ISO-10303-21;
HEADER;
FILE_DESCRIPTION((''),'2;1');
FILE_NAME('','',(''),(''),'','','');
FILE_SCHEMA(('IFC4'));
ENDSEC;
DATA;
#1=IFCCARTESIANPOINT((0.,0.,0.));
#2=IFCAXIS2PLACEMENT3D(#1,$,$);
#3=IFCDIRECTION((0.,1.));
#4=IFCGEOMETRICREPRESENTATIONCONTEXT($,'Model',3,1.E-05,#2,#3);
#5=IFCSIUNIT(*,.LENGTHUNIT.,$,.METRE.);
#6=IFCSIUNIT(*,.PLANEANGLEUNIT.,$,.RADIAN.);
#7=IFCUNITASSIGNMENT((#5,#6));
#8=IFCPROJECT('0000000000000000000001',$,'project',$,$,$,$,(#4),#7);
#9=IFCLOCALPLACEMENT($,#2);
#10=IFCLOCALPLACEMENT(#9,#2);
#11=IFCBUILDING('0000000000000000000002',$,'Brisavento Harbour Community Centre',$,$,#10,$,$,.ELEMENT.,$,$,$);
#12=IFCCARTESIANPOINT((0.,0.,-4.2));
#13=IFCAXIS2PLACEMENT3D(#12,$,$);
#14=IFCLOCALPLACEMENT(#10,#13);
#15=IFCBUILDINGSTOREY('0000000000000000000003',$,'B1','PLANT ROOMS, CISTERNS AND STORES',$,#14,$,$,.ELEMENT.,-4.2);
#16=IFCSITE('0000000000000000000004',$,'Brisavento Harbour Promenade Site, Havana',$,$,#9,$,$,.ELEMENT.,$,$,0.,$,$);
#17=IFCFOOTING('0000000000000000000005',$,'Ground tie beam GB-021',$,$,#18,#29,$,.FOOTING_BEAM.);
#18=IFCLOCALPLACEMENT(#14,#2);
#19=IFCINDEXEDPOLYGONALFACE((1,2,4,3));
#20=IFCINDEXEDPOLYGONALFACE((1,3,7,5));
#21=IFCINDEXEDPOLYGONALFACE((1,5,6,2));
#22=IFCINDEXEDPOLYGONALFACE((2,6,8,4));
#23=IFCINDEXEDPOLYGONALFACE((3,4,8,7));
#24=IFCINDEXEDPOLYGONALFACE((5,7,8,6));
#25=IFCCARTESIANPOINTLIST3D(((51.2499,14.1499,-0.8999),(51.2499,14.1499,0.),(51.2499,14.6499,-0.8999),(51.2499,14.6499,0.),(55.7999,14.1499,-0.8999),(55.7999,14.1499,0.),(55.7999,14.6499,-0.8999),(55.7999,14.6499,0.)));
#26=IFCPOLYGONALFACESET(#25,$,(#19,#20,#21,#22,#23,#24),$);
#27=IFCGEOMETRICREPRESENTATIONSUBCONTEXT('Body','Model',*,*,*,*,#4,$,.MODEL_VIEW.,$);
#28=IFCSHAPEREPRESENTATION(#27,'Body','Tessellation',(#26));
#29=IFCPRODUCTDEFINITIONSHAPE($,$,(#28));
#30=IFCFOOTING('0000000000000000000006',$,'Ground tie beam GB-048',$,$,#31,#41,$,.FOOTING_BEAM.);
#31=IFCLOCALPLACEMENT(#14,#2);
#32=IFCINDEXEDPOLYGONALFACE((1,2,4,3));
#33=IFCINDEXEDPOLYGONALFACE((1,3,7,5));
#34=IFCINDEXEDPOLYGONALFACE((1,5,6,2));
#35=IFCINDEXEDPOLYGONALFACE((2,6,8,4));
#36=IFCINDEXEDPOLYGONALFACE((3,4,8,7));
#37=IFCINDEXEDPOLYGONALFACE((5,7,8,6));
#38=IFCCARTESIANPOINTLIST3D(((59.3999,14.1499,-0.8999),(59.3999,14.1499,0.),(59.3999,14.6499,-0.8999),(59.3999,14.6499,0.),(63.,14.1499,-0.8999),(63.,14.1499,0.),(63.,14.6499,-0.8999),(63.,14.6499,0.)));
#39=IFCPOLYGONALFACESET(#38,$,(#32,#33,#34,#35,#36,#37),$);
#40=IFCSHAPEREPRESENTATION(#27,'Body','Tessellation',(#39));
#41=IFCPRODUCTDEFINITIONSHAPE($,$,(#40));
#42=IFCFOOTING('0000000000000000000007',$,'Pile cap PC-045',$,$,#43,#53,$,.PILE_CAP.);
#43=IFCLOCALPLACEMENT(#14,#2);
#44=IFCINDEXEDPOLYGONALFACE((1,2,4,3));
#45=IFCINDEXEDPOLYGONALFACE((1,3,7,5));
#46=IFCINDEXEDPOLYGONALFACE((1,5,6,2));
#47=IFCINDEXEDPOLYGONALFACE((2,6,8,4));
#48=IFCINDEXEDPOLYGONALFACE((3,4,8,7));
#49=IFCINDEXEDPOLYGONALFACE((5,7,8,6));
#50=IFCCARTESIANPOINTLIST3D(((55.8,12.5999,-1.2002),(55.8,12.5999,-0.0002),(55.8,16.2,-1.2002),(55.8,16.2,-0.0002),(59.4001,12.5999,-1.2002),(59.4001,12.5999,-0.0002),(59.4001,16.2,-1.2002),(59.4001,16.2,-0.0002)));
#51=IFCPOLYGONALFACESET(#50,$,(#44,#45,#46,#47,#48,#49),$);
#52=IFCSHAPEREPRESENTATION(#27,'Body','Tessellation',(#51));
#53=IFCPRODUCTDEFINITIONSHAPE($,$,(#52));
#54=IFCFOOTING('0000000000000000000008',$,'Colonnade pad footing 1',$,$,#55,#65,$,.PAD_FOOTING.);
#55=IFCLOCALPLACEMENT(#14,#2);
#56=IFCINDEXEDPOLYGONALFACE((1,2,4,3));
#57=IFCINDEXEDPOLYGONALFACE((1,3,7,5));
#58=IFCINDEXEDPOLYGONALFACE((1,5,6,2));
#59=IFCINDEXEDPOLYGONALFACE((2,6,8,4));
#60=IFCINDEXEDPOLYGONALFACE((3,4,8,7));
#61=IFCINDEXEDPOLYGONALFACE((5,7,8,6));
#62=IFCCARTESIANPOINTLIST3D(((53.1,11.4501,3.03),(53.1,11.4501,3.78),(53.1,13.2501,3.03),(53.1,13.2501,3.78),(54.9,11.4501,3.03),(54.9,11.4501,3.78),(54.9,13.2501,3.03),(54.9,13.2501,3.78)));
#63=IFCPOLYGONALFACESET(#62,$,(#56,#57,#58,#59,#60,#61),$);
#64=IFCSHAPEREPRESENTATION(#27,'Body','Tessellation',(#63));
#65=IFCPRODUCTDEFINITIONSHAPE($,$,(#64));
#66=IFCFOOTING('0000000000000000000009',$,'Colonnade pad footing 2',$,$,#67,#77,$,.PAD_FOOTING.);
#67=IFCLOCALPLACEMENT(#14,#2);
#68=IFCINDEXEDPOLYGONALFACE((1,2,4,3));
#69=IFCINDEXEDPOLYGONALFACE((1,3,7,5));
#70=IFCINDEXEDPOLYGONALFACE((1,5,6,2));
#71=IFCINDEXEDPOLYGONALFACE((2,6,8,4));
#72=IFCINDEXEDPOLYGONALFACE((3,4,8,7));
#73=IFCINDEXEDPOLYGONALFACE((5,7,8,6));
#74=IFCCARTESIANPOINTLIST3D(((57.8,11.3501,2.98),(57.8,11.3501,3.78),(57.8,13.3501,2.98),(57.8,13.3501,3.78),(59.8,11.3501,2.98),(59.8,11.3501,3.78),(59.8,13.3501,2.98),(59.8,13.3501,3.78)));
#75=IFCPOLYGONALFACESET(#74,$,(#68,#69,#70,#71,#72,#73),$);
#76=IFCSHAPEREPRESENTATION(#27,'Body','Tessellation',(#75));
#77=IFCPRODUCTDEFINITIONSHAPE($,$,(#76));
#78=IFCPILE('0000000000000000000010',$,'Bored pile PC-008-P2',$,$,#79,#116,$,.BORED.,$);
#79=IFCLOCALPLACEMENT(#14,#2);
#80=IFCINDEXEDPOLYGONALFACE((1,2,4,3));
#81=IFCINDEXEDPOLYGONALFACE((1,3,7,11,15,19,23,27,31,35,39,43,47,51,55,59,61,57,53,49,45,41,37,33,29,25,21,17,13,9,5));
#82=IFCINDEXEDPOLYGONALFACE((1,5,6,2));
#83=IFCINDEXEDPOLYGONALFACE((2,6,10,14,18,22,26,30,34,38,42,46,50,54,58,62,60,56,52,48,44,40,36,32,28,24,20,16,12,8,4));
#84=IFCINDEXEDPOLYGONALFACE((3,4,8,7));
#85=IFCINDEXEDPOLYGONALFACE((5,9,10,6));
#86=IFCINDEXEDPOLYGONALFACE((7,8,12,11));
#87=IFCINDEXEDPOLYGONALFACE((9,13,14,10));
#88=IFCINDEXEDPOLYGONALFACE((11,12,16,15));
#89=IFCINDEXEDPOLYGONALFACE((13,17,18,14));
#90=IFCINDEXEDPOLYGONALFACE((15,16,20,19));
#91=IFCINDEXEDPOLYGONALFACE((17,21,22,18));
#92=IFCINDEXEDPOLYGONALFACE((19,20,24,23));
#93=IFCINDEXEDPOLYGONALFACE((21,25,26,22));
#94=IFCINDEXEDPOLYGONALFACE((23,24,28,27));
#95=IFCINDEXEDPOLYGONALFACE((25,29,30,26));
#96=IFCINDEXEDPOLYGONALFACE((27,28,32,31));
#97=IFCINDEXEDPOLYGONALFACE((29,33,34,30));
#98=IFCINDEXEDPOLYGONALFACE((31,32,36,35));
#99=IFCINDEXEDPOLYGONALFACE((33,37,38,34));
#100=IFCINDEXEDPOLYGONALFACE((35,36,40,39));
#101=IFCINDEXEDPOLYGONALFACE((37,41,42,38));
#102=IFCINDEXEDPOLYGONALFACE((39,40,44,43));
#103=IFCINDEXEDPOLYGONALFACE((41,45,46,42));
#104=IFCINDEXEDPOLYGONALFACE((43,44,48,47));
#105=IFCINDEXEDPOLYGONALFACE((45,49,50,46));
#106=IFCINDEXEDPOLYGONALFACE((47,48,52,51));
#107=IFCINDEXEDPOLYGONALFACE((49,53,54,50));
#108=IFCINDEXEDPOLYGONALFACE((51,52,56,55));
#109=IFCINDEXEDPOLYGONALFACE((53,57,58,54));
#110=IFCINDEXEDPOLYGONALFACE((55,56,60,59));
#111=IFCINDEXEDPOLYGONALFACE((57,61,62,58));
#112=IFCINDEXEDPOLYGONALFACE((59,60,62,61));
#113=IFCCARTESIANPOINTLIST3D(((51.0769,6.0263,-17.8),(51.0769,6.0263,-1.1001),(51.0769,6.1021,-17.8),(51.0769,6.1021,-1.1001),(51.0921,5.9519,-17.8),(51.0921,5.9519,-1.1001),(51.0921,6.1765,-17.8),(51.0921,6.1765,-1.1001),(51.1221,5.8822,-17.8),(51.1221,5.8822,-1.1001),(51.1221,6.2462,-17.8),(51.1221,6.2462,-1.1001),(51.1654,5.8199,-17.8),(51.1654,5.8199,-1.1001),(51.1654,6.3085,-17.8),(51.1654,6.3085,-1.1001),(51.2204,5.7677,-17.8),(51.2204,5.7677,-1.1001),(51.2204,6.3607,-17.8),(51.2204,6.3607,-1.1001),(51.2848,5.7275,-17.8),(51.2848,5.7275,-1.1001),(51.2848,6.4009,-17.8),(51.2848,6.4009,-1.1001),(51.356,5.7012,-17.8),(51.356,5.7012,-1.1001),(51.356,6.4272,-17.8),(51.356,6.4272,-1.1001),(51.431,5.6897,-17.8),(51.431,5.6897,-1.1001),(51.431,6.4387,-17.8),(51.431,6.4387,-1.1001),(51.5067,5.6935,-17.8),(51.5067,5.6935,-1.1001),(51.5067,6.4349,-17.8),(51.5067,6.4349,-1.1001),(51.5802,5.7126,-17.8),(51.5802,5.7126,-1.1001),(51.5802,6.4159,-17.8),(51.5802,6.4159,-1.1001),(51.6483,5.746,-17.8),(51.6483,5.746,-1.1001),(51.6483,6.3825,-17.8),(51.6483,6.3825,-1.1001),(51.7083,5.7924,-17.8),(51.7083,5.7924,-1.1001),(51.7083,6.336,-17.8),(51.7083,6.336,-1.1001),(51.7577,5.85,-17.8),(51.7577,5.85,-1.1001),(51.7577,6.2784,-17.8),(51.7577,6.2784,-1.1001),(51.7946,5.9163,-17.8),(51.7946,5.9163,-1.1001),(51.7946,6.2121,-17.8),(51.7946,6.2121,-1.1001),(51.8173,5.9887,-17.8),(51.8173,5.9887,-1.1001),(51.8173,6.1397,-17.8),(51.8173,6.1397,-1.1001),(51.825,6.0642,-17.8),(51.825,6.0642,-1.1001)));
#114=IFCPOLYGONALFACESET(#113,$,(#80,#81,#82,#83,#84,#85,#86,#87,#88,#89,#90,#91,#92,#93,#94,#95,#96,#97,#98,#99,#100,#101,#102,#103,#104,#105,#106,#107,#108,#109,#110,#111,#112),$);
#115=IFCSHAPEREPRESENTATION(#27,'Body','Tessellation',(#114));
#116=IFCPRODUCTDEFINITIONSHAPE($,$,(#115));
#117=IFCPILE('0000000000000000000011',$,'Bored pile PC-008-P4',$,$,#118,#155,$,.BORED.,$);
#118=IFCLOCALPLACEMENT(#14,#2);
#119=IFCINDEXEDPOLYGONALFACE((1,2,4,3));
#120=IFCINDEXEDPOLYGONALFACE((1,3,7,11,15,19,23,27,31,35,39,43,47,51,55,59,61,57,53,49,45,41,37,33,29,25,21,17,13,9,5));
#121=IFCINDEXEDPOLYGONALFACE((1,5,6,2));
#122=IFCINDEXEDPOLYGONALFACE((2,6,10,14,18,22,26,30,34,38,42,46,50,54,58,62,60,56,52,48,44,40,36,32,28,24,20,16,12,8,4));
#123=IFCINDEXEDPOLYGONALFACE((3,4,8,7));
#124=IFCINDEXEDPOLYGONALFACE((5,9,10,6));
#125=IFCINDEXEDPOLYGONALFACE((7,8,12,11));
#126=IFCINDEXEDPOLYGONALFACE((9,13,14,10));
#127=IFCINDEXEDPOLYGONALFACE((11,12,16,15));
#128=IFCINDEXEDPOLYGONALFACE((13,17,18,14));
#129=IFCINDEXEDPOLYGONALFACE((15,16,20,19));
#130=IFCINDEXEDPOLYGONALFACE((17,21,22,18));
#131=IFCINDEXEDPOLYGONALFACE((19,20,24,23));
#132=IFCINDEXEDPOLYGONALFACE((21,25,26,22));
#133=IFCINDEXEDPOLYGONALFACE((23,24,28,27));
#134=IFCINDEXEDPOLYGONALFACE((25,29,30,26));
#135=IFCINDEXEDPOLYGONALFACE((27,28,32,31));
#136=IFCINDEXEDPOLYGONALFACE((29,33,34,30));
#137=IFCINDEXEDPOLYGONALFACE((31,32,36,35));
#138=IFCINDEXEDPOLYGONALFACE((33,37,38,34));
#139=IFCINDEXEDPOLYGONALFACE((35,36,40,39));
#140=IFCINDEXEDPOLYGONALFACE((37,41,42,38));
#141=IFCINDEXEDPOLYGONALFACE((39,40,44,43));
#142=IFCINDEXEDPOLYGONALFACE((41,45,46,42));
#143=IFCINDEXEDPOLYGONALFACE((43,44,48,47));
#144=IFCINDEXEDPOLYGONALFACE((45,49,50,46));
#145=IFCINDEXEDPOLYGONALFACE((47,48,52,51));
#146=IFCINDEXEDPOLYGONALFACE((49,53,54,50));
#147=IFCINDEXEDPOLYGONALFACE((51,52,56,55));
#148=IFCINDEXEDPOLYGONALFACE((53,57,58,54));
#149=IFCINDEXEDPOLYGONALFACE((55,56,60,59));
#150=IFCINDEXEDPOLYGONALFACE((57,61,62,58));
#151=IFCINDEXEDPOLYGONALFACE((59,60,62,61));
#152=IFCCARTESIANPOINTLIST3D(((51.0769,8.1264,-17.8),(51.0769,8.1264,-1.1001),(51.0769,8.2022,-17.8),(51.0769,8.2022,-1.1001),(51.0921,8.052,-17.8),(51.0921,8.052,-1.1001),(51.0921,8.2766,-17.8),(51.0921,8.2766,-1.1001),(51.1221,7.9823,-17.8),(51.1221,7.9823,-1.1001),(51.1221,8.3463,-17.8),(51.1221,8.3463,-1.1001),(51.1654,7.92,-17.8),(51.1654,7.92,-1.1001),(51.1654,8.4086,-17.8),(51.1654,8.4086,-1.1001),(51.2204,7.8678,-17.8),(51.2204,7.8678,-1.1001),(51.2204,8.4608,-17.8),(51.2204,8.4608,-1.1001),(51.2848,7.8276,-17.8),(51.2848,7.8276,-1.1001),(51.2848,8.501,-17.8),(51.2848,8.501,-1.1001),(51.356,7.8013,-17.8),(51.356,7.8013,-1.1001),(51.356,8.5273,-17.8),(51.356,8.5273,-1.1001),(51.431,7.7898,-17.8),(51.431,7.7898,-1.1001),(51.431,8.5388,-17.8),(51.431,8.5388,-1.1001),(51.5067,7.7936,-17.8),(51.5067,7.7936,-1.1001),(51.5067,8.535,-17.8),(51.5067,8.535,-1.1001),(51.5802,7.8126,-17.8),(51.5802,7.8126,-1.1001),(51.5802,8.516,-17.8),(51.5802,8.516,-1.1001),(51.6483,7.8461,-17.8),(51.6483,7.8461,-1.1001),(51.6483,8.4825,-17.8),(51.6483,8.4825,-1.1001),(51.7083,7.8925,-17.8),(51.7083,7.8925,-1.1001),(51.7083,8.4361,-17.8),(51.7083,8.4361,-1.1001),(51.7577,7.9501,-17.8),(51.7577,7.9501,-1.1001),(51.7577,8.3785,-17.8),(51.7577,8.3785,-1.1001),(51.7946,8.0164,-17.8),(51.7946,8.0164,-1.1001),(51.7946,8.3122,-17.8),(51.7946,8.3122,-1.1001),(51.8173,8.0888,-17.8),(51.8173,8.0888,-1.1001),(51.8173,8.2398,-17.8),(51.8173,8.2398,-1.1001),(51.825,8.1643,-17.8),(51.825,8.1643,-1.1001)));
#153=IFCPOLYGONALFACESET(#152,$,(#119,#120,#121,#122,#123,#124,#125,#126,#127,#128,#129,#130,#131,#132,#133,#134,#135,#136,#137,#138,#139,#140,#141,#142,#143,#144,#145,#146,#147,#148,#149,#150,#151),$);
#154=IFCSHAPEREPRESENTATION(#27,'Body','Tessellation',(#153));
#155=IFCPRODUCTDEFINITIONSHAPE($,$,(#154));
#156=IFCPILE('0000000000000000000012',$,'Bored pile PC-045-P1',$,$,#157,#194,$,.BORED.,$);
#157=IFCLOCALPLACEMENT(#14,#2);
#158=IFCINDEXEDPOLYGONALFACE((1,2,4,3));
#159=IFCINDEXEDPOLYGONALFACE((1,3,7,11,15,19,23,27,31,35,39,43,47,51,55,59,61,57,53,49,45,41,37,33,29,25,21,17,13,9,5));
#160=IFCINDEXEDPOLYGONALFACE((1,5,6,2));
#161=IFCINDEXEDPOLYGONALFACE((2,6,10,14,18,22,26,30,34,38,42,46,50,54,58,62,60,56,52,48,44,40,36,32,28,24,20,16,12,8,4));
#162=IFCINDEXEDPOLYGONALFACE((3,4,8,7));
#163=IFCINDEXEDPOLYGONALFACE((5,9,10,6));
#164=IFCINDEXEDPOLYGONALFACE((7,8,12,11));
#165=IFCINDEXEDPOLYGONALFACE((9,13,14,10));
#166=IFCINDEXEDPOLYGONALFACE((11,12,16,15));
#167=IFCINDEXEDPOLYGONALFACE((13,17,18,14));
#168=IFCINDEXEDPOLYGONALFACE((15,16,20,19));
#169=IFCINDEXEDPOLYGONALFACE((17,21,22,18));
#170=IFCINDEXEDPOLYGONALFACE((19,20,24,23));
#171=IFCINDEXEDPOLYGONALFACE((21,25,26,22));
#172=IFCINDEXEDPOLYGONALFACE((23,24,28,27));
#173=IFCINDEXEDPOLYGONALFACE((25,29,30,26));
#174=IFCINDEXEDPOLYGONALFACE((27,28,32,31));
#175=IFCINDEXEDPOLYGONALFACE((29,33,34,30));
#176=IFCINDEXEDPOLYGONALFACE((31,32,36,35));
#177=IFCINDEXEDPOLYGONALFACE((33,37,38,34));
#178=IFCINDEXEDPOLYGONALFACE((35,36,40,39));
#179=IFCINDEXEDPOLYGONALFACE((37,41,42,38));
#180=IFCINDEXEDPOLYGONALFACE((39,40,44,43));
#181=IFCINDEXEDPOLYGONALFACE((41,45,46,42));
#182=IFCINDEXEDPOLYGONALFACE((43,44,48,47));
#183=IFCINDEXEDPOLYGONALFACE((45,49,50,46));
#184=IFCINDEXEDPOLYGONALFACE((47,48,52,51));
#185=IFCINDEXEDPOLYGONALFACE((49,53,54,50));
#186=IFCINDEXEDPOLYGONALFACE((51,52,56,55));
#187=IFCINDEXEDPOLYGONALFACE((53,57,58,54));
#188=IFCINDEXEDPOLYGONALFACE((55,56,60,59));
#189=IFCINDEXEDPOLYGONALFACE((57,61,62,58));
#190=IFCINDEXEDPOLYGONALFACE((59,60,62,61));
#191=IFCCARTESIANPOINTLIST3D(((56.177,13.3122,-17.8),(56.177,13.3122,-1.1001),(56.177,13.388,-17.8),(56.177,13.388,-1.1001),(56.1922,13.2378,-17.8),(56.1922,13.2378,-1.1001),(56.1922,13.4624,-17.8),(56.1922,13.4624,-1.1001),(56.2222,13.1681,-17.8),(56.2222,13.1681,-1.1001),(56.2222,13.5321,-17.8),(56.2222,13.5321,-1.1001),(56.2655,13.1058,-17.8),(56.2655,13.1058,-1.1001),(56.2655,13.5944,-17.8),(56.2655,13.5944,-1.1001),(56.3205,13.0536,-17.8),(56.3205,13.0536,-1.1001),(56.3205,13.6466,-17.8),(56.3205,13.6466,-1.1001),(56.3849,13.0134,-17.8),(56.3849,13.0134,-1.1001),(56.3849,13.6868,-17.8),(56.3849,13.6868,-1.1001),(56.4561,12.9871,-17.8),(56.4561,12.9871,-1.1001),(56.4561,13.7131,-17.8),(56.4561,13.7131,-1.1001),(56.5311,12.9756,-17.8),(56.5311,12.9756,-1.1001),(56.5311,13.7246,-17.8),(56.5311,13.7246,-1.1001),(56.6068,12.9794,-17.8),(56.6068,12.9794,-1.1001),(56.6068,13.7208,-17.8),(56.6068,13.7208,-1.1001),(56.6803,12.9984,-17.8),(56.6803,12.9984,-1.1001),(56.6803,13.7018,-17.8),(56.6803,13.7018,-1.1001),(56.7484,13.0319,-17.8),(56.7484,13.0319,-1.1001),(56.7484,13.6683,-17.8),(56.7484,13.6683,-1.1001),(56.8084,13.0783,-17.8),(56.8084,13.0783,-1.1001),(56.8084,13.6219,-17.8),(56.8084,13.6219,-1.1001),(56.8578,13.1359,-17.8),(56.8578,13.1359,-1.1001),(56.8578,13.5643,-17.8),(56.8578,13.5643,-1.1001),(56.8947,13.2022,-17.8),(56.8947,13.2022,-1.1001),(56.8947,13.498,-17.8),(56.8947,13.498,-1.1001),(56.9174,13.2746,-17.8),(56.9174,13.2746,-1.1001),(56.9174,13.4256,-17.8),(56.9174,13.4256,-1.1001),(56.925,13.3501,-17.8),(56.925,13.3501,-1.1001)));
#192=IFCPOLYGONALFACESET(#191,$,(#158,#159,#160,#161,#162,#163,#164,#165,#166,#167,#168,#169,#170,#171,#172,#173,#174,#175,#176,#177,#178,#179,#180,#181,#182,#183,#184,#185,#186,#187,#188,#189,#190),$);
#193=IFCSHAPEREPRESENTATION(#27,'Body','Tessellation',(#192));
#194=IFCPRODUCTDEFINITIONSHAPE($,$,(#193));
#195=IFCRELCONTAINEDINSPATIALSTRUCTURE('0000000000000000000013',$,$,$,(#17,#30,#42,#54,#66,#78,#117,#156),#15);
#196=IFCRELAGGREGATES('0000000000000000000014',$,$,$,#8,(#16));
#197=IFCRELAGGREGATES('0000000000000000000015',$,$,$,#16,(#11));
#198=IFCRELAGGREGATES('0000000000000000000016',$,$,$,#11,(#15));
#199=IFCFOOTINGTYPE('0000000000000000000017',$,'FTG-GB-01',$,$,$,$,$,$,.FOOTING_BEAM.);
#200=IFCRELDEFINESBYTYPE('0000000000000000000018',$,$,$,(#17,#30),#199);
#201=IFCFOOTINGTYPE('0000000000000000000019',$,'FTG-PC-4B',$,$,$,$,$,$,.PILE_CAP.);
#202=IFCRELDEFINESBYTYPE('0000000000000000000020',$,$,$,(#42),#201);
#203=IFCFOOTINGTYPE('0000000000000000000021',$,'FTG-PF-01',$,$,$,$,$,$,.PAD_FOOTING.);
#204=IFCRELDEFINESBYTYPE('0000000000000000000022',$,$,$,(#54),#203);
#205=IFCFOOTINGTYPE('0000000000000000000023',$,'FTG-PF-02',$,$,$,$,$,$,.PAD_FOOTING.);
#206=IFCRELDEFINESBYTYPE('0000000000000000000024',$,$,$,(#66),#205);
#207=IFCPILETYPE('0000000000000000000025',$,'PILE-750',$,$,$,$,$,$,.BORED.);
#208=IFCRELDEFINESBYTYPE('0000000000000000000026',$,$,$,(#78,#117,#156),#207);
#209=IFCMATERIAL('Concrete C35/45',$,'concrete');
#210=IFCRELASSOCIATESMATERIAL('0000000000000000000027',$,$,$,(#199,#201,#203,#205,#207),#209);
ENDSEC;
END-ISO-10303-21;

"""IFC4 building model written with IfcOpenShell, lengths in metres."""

from ifc_helpers import new_model, si_unit, direction, frame, origin, origin_2d, place, context, subcontext, project, spatial, rectangle, circle, extrude, material, material_profile, profile_set, type_object, element, save


model = new_model("IFC4")

# Units and contexts
model_context = context("Model", 3, precision=1e-05, world=origin(), true_north=direction((0.0, 1.0)))
body_context = subcontext(model_context, "Body", "Model", "MODEL_VIEW")
ifc_project = project(units=[si_unit("LENGTHUNIT", "METRE"), si_unit("PLANEANGLEUNIT", "RADIAN")], contexts=[model_context])

# Site, building, storey
site_placement = place(None, origin())
site = spatial("IfcSite", under=ifc_project, at=site_placement, Name="Brisavento Harbour Promenade Site, Havana", CompositionType="ELEMENT", RefElevation=0.0)
building_placement = place(site_placement, origin())
building = spatial("IfcBuilding", under=site, at=building_placement, Name="Brisavento Harbour Community Centre", CompositionType="ELEMENT")
storey_placement = place(building_placement, frame((0.0, 0.0, -4.2)))
storey = spatial("IfcBuildingStorey", under=building, at=storey_placement, Name="B1", Description="PLANT ROOMS, CISTERNS AND STORES", CompositionType="ELEMENT", Elevation=-4.2)

# Footings
ifc_material_1 = material(Name="Concrete C35/45", Category="concrete")
footing_type_1 = type_object("IfcFootingType", Name="FTG-GB-01", PredefinedType="FOOTING_BEAM", material=ifc_material_1)
footing_1_placement = place(storey_placement, frame((53.5249, 14.3999, -0.8999), z_axis=(0.0, 0.0, 1.0), x_axis=(1.0, 0.0, 0.0)))
element("IfcFooting", 1, at=footing_1_placement, inside=storey, type_object=footing_type_1, Name="Ground tie beam GB-021", PredefinedType="FOOTING_BEAM", context=body_context, shape_type="SweptSolid", body=[
    extrude(rectangle(XDim=4.55, YDim=0.5, at=origin_2d()), origin(), (0.0, 0.0, 1.0), 0.8999),
])
footing_2_placement = place(storey_placement, frame((61.2, 14.3999, -0.8999), z_axis=(0.0, 0.0, 1.0), x_axis=(1.0, 0.0, 0.0)))
element("IfcFooting", 2, at=footing_2_placement, inside=storey, type_object=footing_type_1, Name="Ground tie beam GB-048", PredefinedType="FOOTING_BEAM", context=body_context, shape_type="SweptSolid", body=[
    extrude(rectangle(XDim=3.6001, YDim=0.5, at=origin_2d()), origin(), (0.0, 0.0, 1.0), 0.8999),
])
footing_type_2 = type_object("IfcFootingType", Name="FTG-PC-4B", PredefinedType="PILE_CAP", material=ifc_material_1)
footing_3_placement = place(storey_placement, frame((57.6001, 14.3999, -1.2002), z_axis=(0.0, 0.0, 1.0), x_axis=(1.0, 0.0, 0.0)))
element("IfcFooting", 3, at=footing_3_placement, inside=storey, type_object=footing_type_2, Name="Pile cap PC-045", PredefinedType="PILE_CAP", context=body_context, shape_type="SweptSolid", body=[
    extrude(rectangle(XDim=3.6001, YDim=3.6001, at=origin_2d()), origin(), (0.0, 0.0, 1.0), 1.2),
])
footing_type_3 = type_object("IfcFootingType", Name="FTG-PF-01", PredefinedType="PAD_FOOTING", material=ifc_material_1)
footing_4_placement = place(storey_placement, frame((54.0, 12.3501, 3.03), z_axis=(0.0, 0.0, 1.0), x_axis=(1.0, 0.0, 0.0)))
element("IfcFooting", 4, at=footing_4_placement, inside=storey, type_object=footing_type_3, Name="Colonnade pad footing 1", PredefinedType="PAD_FOOTING", context=body_context, shape_type="SweptSolid", body=[
    extrude(rectangle(XDim=1.8, YDim=1.8, at=origin_2d()), origin(), (0.0, 0.0, 1.0), 0.75),
])
footing_type_4 = type_object("IfcFootingType", Name="FTG-PF-02", PredefinedType="PAD_FOOTING", material=ifc_material_1)
footing_5_placement = place(storey_placement, frame((58.8, 12.3501, 2.98), z_axis=(0.0, 0.0, 1.0), x_axis=(1.0, 0.0, 0.0)))
element("IfcFooting", 5, at=footing_5_placement, inside=storey, type_object=footing_type_4, Name="Colonnade pad footing 2", PredefinedType="PAD_FOOTING", context=body_context, shape_type="SweptSolid", body=[
    extrude(rectangle(XDim=2.0, YDim=2.0, at=origin_2d()), origin(), (0.0, 0.0, 1.0), 0.8),
])

# Piles
ifc_material_profile_1 = material_profile(ifc_material_1, circle(Radius=0.375, at=origin_2d()), Name="Concrete C35/45")
ifc_profile_set_1 = profile_set([ifc_material_profile_1], Name="Concrete C35/45")
pile_type = type_object("IfcPileType", Name="PILE-750", PredefinedType="BORED", material=ifc_profile_set_1)
for number, where, z_axis, x_axis, name in (
    (6, (51.45, 6.0642, -1.1001), (0.0, 0.0, -1.0), (1.0, 0.0, 0.0), "Bored pile PC-008-P2"),
    (7, (51.45, 8.1643, -1.1001), (0.0, 0.0, -1.0), (1.0, 0.0, 0.0), "Bored pile PC-008-P4"),
    (8, (56.55, 13.3501, -1.1001), (0.0, 0.0, -1.0), (1.0, 0.0, 0.0), "Bored pile PC-045-P1"),
):
    element("IfcPile", number, at=place(storey_placement, frame(where, z_axis=z_axis, x_axis=x_axis)), inside=storey, type_object=pile_type, Name=name, PredefinedType="BORED", context=body_context, shape_type="SweptSolid", body=[
        extrude(circle(Radius=0.375, at=origin_2d()), origin(), (0.0, 0.0, 1.0), 16.7),
    ])

save(model, "model.ifc")
